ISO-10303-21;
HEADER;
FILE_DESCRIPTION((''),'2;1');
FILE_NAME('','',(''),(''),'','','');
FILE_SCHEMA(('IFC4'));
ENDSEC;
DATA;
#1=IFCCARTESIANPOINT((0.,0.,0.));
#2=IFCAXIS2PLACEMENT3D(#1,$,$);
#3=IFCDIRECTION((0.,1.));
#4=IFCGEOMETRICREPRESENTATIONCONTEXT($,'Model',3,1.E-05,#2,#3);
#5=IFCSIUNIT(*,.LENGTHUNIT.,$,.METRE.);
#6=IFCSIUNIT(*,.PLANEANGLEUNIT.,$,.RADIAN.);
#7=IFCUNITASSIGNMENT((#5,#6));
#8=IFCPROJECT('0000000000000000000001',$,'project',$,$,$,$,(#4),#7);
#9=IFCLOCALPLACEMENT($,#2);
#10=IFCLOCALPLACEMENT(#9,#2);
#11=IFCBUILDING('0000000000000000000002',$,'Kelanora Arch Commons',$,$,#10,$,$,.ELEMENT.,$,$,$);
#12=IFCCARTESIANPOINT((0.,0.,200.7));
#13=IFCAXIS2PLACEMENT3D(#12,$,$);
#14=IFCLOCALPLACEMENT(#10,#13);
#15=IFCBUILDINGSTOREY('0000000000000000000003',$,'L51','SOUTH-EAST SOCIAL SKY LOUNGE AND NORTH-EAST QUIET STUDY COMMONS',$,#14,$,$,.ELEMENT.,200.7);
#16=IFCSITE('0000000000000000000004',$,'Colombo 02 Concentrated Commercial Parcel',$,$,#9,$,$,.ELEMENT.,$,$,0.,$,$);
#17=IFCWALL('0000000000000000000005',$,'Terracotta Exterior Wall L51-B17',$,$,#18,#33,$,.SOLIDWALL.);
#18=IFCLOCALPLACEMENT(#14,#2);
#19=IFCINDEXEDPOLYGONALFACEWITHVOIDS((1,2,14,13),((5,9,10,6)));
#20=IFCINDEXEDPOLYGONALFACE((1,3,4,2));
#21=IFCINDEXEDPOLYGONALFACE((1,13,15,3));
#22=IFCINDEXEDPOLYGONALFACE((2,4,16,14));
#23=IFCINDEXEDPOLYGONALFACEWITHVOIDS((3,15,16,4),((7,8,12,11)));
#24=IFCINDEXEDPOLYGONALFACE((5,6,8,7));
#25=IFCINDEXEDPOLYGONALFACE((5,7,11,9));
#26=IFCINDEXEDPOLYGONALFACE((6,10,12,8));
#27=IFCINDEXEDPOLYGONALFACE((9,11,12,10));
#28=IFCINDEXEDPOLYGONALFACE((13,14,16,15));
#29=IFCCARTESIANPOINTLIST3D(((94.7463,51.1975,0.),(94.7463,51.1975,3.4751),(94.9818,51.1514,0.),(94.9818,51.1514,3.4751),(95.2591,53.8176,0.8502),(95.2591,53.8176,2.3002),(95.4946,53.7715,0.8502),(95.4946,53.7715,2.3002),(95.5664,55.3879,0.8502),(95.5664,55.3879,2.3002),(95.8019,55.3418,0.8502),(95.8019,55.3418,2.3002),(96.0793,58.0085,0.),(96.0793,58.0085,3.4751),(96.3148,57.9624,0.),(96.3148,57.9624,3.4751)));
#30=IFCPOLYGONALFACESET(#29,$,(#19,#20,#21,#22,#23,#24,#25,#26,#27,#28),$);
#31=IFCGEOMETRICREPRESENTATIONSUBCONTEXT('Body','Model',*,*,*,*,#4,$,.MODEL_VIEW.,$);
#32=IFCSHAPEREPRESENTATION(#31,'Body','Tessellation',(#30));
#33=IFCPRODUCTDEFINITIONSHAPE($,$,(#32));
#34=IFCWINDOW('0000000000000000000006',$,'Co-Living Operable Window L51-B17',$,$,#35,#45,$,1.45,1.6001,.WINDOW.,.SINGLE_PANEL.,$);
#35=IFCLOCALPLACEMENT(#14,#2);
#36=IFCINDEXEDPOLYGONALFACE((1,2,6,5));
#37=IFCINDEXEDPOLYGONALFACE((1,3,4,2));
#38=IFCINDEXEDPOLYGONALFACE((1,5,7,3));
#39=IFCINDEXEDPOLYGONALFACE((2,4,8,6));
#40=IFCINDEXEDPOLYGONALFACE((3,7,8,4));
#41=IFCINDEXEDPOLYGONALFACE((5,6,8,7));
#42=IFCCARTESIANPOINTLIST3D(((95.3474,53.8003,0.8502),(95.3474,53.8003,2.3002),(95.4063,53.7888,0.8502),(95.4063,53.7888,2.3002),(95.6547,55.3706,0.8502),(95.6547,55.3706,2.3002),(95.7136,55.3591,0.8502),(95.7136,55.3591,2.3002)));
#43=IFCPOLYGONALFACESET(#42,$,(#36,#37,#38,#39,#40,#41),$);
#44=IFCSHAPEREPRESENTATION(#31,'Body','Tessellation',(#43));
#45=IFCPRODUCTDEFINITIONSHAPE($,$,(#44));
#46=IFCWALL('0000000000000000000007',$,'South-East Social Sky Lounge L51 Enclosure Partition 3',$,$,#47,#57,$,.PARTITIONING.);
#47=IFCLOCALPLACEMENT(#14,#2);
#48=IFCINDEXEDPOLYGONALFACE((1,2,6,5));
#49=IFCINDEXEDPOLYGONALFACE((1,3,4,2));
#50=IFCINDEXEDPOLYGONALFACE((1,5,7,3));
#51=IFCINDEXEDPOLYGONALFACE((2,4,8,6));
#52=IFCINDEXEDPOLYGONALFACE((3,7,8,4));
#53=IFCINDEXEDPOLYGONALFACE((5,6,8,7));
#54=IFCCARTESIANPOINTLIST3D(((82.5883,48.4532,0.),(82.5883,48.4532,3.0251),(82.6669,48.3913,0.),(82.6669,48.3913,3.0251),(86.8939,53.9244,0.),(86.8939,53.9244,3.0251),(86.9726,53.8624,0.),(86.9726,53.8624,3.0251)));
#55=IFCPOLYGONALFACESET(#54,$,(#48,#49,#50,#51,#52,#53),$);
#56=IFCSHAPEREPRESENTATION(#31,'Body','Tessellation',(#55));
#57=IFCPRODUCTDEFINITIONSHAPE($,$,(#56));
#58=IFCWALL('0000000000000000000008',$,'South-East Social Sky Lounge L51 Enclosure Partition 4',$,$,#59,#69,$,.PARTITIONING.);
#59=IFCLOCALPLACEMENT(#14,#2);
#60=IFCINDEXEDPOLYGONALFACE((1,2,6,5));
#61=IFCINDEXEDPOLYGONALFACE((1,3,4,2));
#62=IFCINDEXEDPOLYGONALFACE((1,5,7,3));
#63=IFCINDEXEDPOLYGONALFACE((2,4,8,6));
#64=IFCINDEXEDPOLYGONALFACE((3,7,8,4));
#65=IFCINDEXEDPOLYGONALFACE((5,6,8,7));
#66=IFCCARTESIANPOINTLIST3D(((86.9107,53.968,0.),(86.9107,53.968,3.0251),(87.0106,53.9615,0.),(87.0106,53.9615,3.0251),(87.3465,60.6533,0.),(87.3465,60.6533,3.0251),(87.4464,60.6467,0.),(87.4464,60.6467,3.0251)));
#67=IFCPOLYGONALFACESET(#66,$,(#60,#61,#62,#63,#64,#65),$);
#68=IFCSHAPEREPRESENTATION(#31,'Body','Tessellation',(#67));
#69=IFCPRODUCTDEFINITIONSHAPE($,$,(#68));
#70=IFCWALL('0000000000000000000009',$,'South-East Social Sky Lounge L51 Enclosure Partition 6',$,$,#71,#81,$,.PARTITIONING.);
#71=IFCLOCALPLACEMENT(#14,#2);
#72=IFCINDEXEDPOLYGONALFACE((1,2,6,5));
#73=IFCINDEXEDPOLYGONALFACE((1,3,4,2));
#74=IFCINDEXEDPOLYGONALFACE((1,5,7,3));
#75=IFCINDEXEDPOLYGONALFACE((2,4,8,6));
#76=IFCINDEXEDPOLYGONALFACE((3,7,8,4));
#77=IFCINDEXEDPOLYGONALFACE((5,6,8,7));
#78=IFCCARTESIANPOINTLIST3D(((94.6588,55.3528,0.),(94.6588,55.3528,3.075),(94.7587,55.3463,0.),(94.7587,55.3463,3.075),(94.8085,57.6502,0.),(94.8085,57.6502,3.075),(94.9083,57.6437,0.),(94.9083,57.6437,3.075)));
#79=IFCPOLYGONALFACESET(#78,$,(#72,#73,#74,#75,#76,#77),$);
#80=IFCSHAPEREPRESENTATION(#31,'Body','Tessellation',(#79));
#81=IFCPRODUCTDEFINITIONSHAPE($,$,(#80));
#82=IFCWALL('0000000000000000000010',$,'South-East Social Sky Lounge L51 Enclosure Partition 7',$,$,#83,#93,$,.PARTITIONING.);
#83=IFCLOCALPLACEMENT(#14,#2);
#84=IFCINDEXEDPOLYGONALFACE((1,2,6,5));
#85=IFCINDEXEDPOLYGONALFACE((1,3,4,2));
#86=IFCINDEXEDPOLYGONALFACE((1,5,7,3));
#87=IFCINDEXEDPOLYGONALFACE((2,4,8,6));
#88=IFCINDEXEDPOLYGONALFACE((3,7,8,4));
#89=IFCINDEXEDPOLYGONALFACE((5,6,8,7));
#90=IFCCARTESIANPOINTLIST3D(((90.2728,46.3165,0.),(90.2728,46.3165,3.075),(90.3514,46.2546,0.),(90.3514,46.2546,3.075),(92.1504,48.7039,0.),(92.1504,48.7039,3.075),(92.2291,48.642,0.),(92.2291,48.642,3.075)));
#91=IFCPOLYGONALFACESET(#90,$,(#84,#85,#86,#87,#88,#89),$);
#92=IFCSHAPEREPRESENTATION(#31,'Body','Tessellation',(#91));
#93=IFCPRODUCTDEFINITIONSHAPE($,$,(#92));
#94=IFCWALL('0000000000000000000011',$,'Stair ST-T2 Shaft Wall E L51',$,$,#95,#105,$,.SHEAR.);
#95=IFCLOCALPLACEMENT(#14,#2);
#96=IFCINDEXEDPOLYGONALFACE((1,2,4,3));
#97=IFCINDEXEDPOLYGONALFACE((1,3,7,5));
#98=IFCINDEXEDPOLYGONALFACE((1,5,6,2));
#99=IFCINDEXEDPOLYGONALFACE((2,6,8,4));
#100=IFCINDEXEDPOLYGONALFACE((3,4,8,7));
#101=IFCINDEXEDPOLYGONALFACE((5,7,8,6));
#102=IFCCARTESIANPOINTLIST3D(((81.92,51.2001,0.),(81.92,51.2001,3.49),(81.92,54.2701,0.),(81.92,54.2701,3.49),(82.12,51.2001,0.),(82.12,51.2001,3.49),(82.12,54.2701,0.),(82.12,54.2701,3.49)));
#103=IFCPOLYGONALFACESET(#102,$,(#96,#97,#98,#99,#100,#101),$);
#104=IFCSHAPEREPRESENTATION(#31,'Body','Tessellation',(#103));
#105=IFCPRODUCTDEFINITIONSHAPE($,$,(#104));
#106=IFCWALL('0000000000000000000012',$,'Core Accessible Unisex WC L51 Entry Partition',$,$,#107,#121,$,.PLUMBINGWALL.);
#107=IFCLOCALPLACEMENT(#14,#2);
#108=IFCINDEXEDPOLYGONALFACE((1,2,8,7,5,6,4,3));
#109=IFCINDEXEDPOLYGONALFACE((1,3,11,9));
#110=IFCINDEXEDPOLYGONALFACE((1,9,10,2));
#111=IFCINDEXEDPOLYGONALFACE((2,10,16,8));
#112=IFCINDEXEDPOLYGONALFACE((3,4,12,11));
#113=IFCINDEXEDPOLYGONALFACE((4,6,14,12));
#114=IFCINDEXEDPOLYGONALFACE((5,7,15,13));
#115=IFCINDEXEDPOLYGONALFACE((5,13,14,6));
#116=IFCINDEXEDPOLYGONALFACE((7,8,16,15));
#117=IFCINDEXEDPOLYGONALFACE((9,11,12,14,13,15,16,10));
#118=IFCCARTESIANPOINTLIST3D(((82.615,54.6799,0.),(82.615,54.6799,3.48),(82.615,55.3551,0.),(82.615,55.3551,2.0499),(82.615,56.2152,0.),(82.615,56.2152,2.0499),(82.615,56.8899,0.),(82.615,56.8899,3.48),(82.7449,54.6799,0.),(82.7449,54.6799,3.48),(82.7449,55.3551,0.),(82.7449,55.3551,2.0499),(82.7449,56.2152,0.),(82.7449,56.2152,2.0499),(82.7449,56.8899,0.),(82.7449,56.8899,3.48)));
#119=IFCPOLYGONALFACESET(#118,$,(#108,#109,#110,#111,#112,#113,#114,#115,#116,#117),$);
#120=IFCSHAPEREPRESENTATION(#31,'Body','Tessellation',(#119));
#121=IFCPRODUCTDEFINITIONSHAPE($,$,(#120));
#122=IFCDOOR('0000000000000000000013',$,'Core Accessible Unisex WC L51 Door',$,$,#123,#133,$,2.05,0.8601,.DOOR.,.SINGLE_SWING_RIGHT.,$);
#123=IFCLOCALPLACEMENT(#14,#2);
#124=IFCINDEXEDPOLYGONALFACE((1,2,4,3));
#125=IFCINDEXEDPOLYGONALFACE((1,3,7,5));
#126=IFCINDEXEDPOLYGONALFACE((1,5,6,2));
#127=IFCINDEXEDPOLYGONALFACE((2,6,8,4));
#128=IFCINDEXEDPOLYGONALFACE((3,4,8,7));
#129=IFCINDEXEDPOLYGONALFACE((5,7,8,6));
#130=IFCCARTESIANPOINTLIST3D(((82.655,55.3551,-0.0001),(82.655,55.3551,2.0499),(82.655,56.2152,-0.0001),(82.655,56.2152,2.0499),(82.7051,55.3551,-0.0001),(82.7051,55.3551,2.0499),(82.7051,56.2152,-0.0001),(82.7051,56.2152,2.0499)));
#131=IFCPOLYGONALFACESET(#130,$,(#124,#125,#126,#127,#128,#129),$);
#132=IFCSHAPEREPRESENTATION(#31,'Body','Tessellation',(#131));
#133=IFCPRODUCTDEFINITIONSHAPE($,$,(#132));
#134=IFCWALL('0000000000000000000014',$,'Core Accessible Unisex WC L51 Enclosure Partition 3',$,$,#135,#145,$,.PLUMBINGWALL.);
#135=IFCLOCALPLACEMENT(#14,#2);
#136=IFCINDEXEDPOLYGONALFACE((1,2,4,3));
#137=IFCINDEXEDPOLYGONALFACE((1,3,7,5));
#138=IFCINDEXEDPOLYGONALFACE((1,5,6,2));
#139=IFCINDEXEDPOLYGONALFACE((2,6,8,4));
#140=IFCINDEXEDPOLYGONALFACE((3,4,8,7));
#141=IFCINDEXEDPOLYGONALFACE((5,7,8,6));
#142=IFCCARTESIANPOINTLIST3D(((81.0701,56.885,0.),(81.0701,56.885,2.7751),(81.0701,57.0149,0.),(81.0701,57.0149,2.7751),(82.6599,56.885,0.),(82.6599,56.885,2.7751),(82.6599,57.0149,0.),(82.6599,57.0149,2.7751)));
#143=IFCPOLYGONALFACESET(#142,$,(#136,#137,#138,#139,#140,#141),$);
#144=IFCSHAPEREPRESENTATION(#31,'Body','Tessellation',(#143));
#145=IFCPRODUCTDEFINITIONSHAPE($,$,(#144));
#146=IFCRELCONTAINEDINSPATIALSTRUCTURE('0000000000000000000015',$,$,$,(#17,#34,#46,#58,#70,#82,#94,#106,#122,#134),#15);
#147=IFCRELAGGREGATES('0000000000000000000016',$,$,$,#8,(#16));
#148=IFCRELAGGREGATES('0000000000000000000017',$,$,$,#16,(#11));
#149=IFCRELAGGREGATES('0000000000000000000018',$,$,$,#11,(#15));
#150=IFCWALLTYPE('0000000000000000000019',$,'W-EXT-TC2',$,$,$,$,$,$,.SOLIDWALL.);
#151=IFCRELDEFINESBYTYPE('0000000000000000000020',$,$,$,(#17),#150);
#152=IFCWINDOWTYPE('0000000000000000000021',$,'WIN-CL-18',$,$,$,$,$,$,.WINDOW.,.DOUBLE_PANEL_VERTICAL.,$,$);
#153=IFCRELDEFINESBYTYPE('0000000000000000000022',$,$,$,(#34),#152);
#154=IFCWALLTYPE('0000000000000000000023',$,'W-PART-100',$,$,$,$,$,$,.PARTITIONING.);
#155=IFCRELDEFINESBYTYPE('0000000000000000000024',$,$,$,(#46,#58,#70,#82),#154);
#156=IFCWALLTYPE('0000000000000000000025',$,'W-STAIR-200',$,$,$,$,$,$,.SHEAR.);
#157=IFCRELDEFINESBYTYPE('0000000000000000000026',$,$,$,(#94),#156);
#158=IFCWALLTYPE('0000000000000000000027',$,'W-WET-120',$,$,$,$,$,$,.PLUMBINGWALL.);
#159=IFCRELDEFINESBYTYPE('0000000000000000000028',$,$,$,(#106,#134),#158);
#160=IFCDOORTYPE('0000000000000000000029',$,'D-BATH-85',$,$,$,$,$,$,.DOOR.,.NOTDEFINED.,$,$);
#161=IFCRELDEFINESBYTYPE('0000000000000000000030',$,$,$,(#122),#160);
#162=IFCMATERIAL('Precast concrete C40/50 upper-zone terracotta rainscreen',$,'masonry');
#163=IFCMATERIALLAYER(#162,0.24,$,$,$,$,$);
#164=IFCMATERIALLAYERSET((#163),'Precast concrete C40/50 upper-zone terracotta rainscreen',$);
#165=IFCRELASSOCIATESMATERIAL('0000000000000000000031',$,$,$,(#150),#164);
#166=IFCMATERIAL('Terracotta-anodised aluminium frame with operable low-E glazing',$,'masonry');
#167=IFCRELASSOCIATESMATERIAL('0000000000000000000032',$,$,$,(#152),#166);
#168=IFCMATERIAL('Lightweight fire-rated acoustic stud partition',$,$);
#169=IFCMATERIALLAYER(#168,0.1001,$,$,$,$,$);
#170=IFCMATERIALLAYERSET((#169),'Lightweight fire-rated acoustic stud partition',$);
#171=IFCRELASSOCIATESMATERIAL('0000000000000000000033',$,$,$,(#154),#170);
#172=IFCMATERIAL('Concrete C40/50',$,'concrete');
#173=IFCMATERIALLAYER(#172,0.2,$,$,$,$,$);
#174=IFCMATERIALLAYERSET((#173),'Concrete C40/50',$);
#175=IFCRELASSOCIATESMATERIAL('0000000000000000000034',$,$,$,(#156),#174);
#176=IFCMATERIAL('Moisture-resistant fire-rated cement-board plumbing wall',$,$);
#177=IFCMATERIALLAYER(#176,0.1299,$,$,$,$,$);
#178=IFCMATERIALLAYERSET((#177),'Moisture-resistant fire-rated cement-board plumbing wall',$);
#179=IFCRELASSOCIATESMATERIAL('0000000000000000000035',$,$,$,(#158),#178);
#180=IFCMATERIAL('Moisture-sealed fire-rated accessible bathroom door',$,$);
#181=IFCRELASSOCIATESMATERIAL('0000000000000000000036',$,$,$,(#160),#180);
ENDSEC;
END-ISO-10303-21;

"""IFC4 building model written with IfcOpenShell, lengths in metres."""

from ifc_helpers import new_model, si_unit, direction, frame, frame_2d, origin, place, context, subcontext, project, spatial, rectangle, extrude, material, layer, layer_set, type_object, element, fill, save


model = new_model("IFC4")

# Units and contexts
model_context = context("Model", 3, precision=1e-05, world=origin(), true_north=direction((0.0, 1.0)))
body_context = subcontext(model_context, "Body", "Model", "MODEL_VIEW")
ifc_project = project(units=[si_unit("LENGTHUNIT", "METRE"), si_unit("PLANEANGLEUNIT", "RADIAN")], contexts=[model_context])

# Site, building, storey
site_placement = place(None, origin())
site = spatial("IfcSite", under=ifc_project, at=site_placement, Name="Colombo 02 Concentrated Commercial Parcel", CompositionType="ELEMENT", RefElevation=0.0)
building_placement = place(site_placement, origin())
building = spatial("IfcBuilding", under=site, at=building_placement, Name="Kelanora Arch Commons", CompositionType="ELEMENT")
storey_placement = place(building_placement, frame((0.0, 0.0, 200.7)))
storey = spatial("IfcBuildingStorey", under=building, at=storey_placement, Name="L51", Description="SOUTH-EAST SOCIAL SKY LOUNGE AND NORTH-EAST QUIET STUDY COMMONS", CompositionType="ELEMENT", Elevation=200.7)

# Wall, opening, window
ifc_material_1 = material(Name="Precast concrete C40/50 upper-zone terracotta rainscreen", Category="masonry")
ifc_layer_1 = layer(ifc_material_1, 0.24)
ifc_layer_set_1 = layer_set([ifc_layer_1], Name="Precast concrete C40/50 upper-zone terracotta rainscreen")
wall_type_1 = type_object("IfcWallType", Name="W-EXT-TC2", PredefinedType="SOLIDWALL", material=ifc_layer_set_1)
wall_1_placement = place(storey_placement, frame((94.864, 51.1743, 0.0), z_axis=(0.0, 0.0, 1.0), x_axis=(0.192069, 0.981381, 0.0)))
wall_1 = element("IfcWall", 1, at=wall_1_placement, inside=storey, type_object=wall_type_1, Name="Terracotta Exterior Wall L51-B17", PredefinedType="SOLIDWALL", context=body_context, shape_type="SweptSolid", body=[
    extrude(rectangle(XDim=6.9402, YDim=0.24, at=frame_2d((3.4702, 0.0))), origin(), (0.0, 0.0, 1.0), 3.4751),
])
opening_1_placement = place(wall_1_placement, frame((2.6699, 0.0, 0.8501)))
opening_1 = element("IfcOpeningElement", 2, at=opening_1_placement, cuts=wall_1, PredefinedType="OPENING", context=body_context, shape_type="SweptSolid", body=[
    extrude(rectangle(XDim=1.6001, YDim=1.45, at=frame_2d((0.8, 0.7251))), frame((0.0, 0.1299, 0.0), z_axis=(0.0, -1.0, 0.0), x_axis=(1.0, 0.0, 0.0)), (0.0, 0.0, 1.0), 0.26),
])
ifc_material_2 = material(Name="Terracotta-anodised aluminium frame with operable low-E glazing", Category="masonry")
window_type = type_object("IfcWindowType", Name="WIN-CL-18", PartitioningType="DOUBLE_PANEL_VERTICAL", PredefinedType="WINDOW", material=ifc_material_2)
window_placement = place(opening_1_placement, origin())
window = element("IfcWindow", 3, at=window_placement, inside=storey, type_object=window_type, Name="Co-Living Operable Window L51-B17", OverallHeight=1.45, OverallWidth=1.6001, PartitioningType="SINGLE_PANEL", PredefinedType="WINDOW", context=body_context, shape_type="SweptSolid", body=[
    extrude(rectangle(XDim=1.6001, YDim=1.45, at=frame_2d((0.8, 0.7251))), frame((0.0, 0.03, 0.0), z_axis=(0.0, -1.0, 0.0), x_axis=(1.0, 0.0, 0.0)), (0.0, 0.0, 1.0), 0.0601),
])
fill(opening_1, window)

# Walls
ifc_material_3 = material(Name="Lightweight fire-rated acoustic stud partition")
ifc_layer_2 = layer(ifc_material_3, 0.1001)
ifc_layer_set_2 = layer_set([ifc_layer_2], Name="Lightweight fire-rated acoustic stud partition")
wall_type_2 = type_object("IfcWallType", Name="W-PART-100", PredefinedType="PARTITIONING", material=ifc_layer_set_2)
wall_2_placement = place(storey_placement, frame((82.6277, 48.4224, 0.0), z_axis=(0.0, 0.0, 1.0), x_axis=(0.618432, 0.785839, 0.0)))
element("IfcWall", 4, at=wall_2_placement, inside=storey, type_object=wall_type_2, Name="South-East Social Sky Lounge L51 Enclosure Partition 3", PredefinedType="PARTITIONING", context=body_context, shape_type="SweptSolid", body=[
    extrude(rectangle(XDim=6.9622, YDim=0.1001, at=frame_2d((3.481, 0.0))), origin(), (0.0, 0.0, 1.0), 3.0251),
])
wall_3_placement = place(storey_placement, frame((86.9607, 53.9648, 0.0), z_axis=(0.0, 0.0, 1.0), x_axis=(0.065048, 0.997882, 0.0)))
element("IfcWall", 5, at=wall_3_placement, inside=storey, type_object=wall_type_2, Name="South-East Social Sky Lounge L51 Enclosure Partition 4", PredefinedType="PARTITIONING", context=body_context, shape_type="SweptSolid", body=[
    extrude(rectangle(XDim=6.6995, YDim=0.1001, at=frame_2d((3.3496, 0.0))), origin(), (0.0, 0.0, 1.0), 3.0251),
])
wall_4_placement = place(storey_placement, frame((94.8584, 57.647, 0.0), z_axis=(0.0, 0.0, 1.0), x_axis=(-0.065006, -0.997885, 0.0)))
element("IfcWall", 6, at=wall_4_placement, inside=storey, type_object=wall_type_2, Name="South-East Social Sky Lounge L51 Enclosure Partition 6", PredefinedType="PARTITIONING", context=body_context, shape_type="SweptSolid", body=[
    extrude(rectangle(XDim=2.3022, YDim=0.1001, at=frame_2d((1.1511, 0.0))), origin(), (0.0, 0.0, 1.0), 3.075),
])
wall_5_placement = place(storey_placement, frame((92.1897, 48.6729, 0.0), z_axis=(0.0, 0.0, 1.0), x_axis=(-0.618194, -0.786025, 0.0)))
element("IfcWall", 7, at=wall_5_placement, inside=storey, type_object=wall_type_2, Name="South-East Social Sky Lounge L51 Enclosure Partition 7", PredefinedType="PARTITIONING", context=body_context, shape_type="SweptSolid", body=[
    extrude(rectangle(XDim=3.0374, YDim=0.1001, at=frame_2d((1.5186, 0.0))), origin(), (0.0, 0.0, 1.0), 3.075),
])
ifc_material_4 = material(Name="Concrete C40/50", Category="concrete")
ifc_layer_3 = layer(ifc_material_4, 0.2)
ifc_layer_set_3 = layer_set([ifc_layer_3], Name="Concrete C40/50")
wall_type_3 = type_object("IfcWallType", Name="W-STAIR-200", PredefinedType="SHEAR", material=ifc_layer_set_3)
wall_6_placement = place(storey_placement, frame((82.02, 51.2, 0.0), z_axis=(0.0, 0.0, 1.0), x_axis=(0.0, 1.0, 0.0)))
element("IfcWall", 8, at=wall_6_placement, inside=storey, type_object=wall_type_3, Name="Stair ST-T2 Shaft Wall E L51", PredefinedType="SHEAR", context=body_context, shape_type="SweptSolid", body=[
    extrude(rectangle(XDim=3.0701, YDim=0.2, at=frame_2d((1.5352, 0.0))), origin(), (0.0, 0.0, 1.0), 3.49),
])

# Wall, opening, door
ifc_material_5 = material(Name="Moisture-resistant fire-rated cement-board plumbing wall")
ifc_layer_4 = layer(ifc_material_5, 0.1299)
ifc_layer_set_4 = layer_set([ifc_layer_4], Name="Moisture-resistant fire-rated cement-board plumbing wall")
wall_type_4 = type_object("IfcWallType", Name="W-WET-120", PredefinedType="PLUMBINGWALL", material=ifc_layer_set_4)
wall_7_placement = place(storey_placement, frame((82.6799, 54.6799, 0.0), z_axis=(0.0, 0.0, 1.0), x_axis=(0.0, 1.0, 0.0)))
wall_7 = element("IfcWall", 9, at=wall_7_placement, inside=storey, type_object=wall_type_4, Name="Core Accessible Unisex WC L51 Entry Partition", PredefinedType="PLUMBINGWALL", context=body_context, shape_type="SweptSolid", body=[
    extrude(rectangle(XDim=2.21, YDim=0.1299, at=frame_2d((1.105, 0.0))), origin(), (0.0, 0.0, 1.0), 3.48),
])
opening_2_placement = place(wall_7_placement, frame((0.675, 0.0, 0.0)))
opening_2 = element("IfcOpeningElement", 10, at=opening_2_placement, cuts=wall_7, PredefinedType="OPENING", context=body_context, shape_type="SweptSolid", body=[
    extrude(rectangle(XDim=0.8601, YDim=2.05, at=frame_2d((0.4302, 1.0249))), frame((0.0, 0.075, 0.0), z_axis=(0.0, -1.0, 0.0), x_axis=(1.0, 0.0, 0.0)), (0.0, 0.0, 1.0), 0.1499),
])
ifc_material_6 = material(Name="Moisture-sealed fire-rated accessible bathroom door")
door_type = type_object("IfcDoorType", Name="D-BATH-85", OperationType="NOTDEFINED", PredefinedType="DOOR", material=ifc_material_6)
door_placement = place(opening_2_placement, origin())
door = element("IfcDoor", 11, at=door_placement, inside=storey, type_object=door_type, Name="Core Accessible Unisex WC L51 Door", OperationType="SINGLE_SWING_RIGHT", OverallHeight=2.05, OverallWidth=0.8601, PredefinedType="DOOR", context=body_context, shape_type="SweptSolid", body=[
    extrude(rectangle(XDim=0.8601, YDim=2.05, at=frame_2d((0.4302, 1.0249))), frame((0.0, 0.0249, 0.0), z_axis=(0.0, -1.0, 0.0), x_axis=(1.0, 0.0, 0.0)), (0.0, 0.0, 1.0), 0.05),
])
fill(opening_2, door)

# Wall
wall_8_placement = place(storey_placement, frame((82.6599, 56.95, 0.0), z_axis=(0.0, 0.0, 1.0), x_axis=(-1.0, 0.0, 0.0)))
element("IfcWall", 12, at=wall_8_placement, inside=storey, type_object=wall_type_4, Name="Core Accessible Unisex WC L51 Enclosure Partition 3", PredefinedType="PLUMBINGWALL", context=body_context, shape_type="SweptSolid", body=[
    extrude(rectangle(XDim=1.5898, YDim=0.1299, at=frame_2d((0.7949, 0.0))), origin(), (0.0, 0.0, 1.0), 2.7751),
])

save(model, "model.ifc")
